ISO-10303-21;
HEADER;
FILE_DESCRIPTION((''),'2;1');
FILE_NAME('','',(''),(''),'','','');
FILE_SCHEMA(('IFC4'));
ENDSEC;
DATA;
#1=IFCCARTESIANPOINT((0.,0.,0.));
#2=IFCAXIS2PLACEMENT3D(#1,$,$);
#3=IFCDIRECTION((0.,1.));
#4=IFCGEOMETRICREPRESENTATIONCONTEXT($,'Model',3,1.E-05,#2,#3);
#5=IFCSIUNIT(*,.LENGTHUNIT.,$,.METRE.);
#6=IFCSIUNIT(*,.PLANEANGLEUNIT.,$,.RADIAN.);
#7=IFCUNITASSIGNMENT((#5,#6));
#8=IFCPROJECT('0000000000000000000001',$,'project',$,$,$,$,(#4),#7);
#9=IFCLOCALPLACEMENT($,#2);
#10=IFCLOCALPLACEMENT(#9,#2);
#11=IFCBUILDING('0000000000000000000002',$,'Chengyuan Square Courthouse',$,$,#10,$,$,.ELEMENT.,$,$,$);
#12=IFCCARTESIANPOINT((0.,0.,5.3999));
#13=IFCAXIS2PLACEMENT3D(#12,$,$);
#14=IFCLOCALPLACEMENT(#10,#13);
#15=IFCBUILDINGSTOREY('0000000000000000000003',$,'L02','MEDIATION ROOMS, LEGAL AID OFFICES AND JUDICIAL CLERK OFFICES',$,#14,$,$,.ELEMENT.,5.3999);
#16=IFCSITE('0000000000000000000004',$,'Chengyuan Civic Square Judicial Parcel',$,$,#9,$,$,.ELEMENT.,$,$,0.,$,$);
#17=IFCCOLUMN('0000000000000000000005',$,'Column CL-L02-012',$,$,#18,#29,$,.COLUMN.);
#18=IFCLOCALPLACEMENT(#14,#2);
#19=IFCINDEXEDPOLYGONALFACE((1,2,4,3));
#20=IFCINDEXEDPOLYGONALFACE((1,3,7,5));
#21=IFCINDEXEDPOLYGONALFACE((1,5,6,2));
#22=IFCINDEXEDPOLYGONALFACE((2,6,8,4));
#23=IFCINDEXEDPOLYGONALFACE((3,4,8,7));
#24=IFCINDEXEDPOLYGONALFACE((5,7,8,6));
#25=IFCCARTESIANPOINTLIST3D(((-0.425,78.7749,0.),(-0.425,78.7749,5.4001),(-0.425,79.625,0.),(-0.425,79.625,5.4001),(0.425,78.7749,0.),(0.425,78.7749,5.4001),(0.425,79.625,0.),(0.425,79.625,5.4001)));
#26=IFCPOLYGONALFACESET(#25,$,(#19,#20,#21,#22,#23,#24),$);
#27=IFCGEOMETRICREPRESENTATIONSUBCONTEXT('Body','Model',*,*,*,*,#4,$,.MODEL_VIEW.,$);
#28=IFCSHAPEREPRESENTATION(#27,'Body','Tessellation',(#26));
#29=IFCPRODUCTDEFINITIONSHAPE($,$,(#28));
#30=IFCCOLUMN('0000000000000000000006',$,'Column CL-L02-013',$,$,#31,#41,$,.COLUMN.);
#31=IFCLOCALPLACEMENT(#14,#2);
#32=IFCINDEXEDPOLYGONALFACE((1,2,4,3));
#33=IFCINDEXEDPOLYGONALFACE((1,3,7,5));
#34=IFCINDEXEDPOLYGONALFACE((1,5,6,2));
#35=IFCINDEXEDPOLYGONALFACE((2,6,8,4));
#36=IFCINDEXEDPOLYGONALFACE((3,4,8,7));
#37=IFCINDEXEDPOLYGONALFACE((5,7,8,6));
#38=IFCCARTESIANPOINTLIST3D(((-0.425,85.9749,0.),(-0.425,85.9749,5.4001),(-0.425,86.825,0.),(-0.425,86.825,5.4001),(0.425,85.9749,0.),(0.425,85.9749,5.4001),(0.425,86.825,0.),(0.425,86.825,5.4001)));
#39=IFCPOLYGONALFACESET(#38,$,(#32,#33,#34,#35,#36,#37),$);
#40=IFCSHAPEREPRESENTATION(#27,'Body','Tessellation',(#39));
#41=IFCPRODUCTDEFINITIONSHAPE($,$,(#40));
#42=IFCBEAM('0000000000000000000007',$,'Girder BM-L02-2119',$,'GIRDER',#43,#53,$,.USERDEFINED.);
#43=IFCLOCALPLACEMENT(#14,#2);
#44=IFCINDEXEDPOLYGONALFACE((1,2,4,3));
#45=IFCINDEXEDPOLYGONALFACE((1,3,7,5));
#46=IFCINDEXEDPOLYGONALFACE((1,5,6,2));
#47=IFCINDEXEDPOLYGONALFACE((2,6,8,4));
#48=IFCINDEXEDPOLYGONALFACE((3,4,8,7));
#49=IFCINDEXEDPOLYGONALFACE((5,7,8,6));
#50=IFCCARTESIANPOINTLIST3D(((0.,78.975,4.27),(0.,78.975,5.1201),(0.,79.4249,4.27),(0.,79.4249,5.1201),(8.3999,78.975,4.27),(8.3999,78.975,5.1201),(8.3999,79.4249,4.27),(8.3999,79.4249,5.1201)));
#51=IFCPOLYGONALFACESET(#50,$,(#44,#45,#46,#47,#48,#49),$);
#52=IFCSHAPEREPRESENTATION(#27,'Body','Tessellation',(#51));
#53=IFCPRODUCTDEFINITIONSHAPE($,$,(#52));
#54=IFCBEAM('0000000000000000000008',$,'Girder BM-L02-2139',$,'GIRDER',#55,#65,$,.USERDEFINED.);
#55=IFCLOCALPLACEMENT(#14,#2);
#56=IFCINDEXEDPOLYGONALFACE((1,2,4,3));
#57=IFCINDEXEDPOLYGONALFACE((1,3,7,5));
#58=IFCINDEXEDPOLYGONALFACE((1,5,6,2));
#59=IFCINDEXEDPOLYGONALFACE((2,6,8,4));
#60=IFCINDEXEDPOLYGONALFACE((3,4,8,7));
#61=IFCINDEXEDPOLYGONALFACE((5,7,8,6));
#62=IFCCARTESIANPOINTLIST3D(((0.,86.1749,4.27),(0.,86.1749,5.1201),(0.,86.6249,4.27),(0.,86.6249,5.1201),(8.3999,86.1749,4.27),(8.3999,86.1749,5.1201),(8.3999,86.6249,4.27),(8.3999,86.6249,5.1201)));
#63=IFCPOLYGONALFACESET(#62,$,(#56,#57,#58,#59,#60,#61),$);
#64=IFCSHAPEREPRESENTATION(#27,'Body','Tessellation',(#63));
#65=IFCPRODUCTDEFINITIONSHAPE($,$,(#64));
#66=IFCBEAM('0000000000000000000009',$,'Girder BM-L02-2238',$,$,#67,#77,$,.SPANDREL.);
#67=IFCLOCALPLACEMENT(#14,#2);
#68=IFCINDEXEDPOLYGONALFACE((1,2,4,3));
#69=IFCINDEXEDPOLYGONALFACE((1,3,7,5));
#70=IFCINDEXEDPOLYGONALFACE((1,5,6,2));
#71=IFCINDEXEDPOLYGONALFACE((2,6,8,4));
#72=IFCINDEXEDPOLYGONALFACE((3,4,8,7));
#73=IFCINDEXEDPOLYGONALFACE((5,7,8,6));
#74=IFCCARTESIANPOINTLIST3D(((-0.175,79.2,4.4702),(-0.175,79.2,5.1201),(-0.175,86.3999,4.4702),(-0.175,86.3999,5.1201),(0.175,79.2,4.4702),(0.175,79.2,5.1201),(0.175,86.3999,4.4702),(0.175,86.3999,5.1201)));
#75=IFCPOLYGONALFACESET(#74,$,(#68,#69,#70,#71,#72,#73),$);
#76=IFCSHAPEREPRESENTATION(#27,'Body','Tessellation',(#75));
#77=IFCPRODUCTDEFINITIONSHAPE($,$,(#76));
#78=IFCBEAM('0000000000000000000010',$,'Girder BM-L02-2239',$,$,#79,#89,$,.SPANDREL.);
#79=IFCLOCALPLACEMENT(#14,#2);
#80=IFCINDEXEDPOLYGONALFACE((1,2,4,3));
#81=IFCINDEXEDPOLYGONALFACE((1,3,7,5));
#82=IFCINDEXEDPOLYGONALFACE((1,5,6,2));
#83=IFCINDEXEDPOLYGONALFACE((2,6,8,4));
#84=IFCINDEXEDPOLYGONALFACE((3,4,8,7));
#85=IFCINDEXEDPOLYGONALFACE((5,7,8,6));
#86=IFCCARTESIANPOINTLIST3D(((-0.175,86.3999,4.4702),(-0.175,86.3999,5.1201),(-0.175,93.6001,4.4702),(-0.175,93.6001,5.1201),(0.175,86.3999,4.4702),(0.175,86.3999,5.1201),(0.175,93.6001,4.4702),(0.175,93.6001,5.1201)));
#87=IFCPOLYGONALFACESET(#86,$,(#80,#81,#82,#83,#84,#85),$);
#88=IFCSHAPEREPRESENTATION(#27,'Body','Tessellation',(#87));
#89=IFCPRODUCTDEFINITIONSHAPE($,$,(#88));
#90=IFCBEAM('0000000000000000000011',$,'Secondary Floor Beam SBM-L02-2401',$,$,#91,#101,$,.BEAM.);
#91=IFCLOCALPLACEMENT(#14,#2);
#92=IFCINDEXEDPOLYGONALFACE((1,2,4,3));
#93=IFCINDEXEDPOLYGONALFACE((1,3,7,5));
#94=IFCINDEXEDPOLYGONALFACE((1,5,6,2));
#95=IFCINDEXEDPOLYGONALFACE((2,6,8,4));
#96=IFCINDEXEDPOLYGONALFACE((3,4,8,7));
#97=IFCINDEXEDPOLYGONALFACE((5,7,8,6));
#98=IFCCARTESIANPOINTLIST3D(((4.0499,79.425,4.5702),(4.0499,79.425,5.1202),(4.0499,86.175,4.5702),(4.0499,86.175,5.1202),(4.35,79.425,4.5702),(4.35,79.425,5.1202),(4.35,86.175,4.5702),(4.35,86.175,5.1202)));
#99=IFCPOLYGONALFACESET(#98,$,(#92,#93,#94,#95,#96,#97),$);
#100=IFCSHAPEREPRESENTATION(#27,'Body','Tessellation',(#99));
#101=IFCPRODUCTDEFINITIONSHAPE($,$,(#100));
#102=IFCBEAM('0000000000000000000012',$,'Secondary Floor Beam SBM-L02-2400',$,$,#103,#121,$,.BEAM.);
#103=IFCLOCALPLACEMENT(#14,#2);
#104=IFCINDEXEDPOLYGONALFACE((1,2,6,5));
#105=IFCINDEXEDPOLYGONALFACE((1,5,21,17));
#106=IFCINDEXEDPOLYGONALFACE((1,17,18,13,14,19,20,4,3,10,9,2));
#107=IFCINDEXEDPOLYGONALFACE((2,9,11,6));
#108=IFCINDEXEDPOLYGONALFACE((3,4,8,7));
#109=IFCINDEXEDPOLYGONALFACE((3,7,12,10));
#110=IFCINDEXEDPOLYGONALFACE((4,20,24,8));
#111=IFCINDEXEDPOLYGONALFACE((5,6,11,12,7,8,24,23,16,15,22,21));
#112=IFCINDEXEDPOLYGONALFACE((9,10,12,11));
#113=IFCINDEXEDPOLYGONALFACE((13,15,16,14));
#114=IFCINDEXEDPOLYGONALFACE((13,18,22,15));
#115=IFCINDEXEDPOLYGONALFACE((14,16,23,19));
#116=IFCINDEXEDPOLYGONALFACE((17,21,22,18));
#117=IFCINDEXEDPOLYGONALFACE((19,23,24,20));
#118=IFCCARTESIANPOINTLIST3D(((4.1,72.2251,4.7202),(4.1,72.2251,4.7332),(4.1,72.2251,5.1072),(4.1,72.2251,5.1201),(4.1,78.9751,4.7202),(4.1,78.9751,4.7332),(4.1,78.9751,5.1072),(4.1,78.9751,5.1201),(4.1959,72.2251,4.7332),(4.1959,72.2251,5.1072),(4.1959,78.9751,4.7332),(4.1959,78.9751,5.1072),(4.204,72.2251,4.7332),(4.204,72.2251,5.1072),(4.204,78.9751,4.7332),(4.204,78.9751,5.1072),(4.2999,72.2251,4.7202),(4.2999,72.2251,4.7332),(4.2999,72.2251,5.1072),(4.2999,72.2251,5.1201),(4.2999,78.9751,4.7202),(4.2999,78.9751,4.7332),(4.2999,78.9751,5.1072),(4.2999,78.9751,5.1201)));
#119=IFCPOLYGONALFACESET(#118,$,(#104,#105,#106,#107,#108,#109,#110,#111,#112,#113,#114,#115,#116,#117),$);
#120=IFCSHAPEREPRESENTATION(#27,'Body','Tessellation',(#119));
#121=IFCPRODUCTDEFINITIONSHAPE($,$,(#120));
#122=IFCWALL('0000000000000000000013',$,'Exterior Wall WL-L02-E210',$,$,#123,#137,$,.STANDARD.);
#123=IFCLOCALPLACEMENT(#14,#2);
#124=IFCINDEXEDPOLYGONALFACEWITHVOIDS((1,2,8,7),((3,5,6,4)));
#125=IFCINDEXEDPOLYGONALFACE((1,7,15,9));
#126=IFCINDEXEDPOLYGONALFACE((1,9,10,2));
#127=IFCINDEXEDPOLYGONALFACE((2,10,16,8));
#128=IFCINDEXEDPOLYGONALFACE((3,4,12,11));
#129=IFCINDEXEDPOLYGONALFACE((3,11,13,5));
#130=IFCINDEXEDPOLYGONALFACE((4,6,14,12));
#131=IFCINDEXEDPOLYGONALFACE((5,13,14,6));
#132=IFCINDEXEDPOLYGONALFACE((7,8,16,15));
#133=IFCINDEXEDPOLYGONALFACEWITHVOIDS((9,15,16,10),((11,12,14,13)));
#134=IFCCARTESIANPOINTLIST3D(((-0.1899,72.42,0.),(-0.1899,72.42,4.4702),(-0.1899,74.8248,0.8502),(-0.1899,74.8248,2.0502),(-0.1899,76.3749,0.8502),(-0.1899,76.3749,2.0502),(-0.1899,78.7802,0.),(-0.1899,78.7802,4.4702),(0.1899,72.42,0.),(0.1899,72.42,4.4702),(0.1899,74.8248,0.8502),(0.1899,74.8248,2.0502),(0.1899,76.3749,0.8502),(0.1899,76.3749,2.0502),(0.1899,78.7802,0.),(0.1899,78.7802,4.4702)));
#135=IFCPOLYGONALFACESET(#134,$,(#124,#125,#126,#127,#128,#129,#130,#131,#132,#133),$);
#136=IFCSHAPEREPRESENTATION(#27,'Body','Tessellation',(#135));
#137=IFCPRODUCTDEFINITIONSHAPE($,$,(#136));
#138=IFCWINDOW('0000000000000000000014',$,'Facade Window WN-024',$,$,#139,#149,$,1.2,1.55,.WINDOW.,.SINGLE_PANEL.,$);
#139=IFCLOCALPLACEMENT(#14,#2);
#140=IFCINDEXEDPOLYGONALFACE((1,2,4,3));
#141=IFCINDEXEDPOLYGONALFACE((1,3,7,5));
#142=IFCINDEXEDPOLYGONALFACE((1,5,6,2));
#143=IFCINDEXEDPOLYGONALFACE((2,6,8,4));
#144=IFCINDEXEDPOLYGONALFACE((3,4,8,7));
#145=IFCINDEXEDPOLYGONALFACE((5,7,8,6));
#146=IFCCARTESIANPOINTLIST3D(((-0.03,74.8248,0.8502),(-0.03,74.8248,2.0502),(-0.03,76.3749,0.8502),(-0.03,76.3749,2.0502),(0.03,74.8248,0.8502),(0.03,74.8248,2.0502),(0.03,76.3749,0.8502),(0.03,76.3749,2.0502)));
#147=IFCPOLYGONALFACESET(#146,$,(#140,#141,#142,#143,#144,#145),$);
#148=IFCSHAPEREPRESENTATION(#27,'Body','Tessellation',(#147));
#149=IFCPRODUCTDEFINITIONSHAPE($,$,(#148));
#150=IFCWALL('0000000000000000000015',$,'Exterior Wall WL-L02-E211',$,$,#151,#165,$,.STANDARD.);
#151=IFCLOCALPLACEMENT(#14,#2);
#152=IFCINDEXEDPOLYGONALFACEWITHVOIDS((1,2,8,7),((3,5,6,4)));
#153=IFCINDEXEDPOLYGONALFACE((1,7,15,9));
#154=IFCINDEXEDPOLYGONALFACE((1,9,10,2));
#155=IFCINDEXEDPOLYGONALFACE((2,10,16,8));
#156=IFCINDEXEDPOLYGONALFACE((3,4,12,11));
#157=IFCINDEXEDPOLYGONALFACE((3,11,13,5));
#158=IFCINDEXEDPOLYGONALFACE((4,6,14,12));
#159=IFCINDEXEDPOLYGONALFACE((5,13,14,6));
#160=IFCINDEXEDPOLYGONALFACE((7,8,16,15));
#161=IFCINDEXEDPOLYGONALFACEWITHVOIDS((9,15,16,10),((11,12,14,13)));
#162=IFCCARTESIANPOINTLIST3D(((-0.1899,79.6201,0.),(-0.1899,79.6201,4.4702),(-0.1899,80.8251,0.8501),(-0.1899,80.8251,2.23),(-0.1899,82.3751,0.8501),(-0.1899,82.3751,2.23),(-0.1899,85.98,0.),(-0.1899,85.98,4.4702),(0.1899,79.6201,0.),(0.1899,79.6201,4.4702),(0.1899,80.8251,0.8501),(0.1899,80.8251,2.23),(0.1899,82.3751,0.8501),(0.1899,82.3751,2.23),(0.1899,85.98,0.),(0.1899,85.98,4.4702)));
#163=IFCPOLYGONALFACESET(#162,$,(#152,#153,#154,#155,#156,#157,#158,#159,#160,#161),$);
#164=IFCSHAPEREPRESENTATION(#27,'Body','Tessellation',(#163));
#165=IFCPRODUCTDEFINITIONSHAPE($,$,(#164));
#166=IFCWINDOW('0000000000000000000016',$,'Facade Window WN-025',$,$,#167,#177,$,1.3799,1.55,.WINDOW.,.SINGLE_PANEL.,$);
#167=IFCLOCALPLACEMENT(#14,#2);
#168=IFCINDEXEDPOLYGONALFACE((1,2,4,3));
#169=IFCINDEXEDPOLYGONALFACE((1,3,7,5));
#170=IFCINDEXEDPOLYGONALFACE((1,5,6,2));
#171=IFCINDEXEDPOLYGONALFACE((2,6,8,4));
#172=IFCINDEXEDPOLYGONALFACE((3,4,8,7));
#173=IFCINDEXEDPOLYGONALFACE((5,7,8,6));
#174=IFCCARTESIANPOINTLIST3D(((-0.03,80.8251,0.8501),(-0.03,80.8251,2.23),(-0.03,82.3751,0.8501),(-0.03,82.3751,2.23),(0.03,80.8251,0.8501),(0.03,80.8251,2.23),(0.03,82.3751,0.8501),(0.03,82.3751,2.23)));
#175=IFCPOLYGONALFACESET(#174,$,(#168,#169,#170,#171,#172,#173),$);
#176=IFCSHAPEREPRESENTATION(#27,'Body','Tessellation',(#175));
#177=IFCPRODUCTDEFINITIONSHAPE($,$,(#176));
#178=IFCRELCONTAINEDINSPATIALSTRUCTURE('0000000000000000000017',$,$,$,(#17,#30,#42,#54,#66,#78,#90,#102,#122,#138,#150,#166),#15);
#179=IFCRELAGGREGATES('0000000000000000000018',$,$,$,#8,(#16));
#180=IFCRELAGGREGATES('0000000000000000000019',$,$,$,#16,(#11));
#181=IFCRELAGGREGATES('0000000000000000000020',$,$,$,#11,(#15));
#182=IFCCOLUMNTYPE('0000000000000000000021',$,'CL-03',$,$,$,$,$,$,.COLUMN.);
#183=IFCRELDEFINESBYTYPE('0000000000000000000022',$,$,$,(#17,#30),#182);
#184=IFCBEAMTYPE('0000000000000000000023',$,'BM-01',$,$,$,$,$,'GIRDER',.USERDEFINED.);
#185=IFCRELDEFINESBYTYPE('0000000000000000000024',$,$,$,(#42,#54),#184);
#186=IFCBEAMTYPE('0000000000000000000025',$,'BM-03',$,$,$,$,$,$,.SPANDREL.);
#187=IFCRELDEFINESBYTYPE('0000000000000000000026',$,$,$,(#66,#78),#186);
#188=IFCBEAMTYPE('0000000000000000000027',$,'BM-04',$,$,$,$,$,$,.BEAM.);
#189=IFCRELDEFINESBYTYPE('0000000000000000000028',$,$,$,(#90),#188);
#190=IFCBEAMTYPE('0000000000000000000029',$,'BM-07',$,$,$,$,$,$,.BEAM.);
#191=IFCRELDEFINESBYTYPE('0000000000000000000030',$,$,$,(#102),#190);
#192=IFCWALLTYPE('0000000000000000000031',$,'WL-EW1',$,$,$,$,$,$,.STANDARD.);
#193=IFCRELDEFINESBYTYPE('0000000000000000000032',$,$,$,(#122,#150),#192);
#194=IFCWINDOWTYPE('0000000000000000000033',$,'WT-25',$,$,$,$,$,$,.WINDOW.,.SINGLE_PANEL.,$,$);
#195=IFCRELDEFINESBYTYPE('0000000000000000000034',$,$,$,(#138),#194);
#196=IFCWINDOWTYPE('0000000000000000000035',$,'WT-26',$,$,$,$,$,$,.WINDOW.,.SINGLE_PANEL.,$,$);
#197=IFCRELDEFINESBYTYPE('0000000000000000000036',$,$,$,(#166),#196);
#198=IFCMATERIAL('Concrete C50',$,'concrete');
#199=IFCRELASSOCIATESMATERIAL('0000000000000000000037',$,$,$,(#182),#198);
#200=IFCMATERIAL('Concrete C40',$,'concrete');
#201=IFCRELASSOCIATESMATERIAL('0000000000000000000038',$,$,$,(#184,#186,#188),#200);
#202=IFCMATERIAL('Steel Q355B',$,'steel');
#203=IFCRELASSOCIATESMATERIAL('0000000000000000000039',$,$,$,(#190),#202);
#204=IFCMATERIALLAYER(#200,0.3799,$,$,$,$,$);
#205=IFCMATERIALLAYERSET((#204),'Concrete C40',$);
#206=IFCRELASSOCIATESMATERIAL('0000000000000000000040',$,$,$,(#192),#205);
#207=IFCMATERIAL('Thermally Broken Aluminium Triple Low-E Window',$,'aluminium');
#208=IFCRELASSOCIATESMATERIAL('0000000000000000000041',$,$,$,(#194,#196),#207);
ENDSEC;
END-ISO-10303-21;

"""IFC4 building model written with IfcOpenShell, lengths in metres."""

from ifc_helpers import new_model, si_unit, direction, frame, frame_2d, origin, origin_2d, place, context, subcontext, project, spatial, rectangle, i_section, extrude, material, layer, layer_set, material_profile, profile_set, type_object, element, fill, save


model = new_model("IFC4")

# Units and contexts
model_context = context("Model", 3, precision=1e-05, world=origin(), true_north=direction((0.0, 1.0)))
body_context = subcontext(model_context, "Body", "Model", "MODEL_VIEW")
ifc_project = project(units=[si_unit("LENGTHUNIT", "METRE"), si_unit("PLANEANGLEUNIT", "RADIAN")], contexts=[model_context])

# Site, building, storey
site_placement = place(None, origin())
site = spatial("IfcSite", under=ifc_project, at=site_placement, Name="Chengyuan Civic Square Judicial Parcel", CompositionType="ELEMENT", RefElevation=0.0)
building_placement = place(site_placement, origin())
building = spatial("IfcBuilding", under=site, at=building_placement, Name="Chengyuan Square Courthouse", CompositionType="ELEMENT")
storey_placement = place(building_placement, frame((0.0, 0.0, 5.3999)))
storey = spatial("IfcBuildingStorey", under=building, at=storey_placement, Name="L02", Description="MEDIATION ROOMS, LEGAL AID OFFICES AND JUDICIAL CLERK OFFICES", CompositionType="ELEMENT", Elevation=5.3999)

# Columns
ifc_material_1 = material(Name="Concrete C50", Category="concrete")
ifc_material_profile_1 = material_profile(ifc_material_1, rectangle(XDim=0.8501, YDim=0.8501, at=origin_2d()), Name="RC-COL-850x850")
ifc_profile_set_1 = profile_set([ifc_material_profile_1], Name="Concrete C50")
column_type = type_object("IfcColumnType", Name="CL-03", PredefinedType="COLUMN", material=ifc_profile_set_1)
for number, where, z_axis, x_axis, name in (
    (1, (0.0, 79.2, 0.0), (0.0, 0.0, 1.0), (1.0, 0.0, 0.0), "Column CL-L02-012"),
    (2, (0.0, 86.3999, 0.0), (0.0, 0.0, 1.0), (1.0, 0.0, 0.0), "Column CL-L02-013"),
):
    element("IfcColumn", number, at=place(storey_placement, frame(where, z_axis=z_axis, x_axis=x_axis)), inside=storey, type_object=column_type, Name=name, PredefinedType="COLUMN", context=body_context, shape_type="SweptSolid", body=[
        extrude(rectangle(XDim=0.8501, YDim=0.8501, at=origin_2d()), origin(), (0.0, 0.0, 1.0), 5.4001),
    ])

# Beams
ifc_material_2 = material(Name="Concrete C40", Category="concrete")
ifc_material_profile_2 = material_profile(ifc_material_2, rectangle(XDim=0.45, YDim=0.8501, at=origin_2d()), Name="RC-BM-450x850")
ifc_profile_set_2 = profile_set([ifc_material_profile_2], Name="Concrete C40")
beam_type_1 = type_object("IfcBeamType", Name="BM-01", ElementType="GIRDER", PredefinedType="USERDEFINED", material=ifc_profile_set_2)
for number, where, z_axis, x_axis, name in (
    (3, (0.0, 79.2, 4.6951), (1.0, 0.0, 0.0), (0.0, 1.0, 0.0), "Girder BM-L02-2119"),
    (4, (0.0, 86.3999, 4.6951), (1.0, 0.0, 0.0), (0.0, 1.0, 0.0), "Girder BM-L02-2139"),
):
    element("IfcBeam", number, at=place(storey_placement, frame(where, z_axis=z_axis, x_axis=x_axis)), inside=storey, type_object=beam_type_1, Name=name, ObjectType="GIRDER", PredefinedType="USERDEFINED", context=body_context, shape_type="SweptSolid", body=[
        extrude(rectangle(XDim=0.45, YDim=0.8501, at=origin_2d()), origin(), (0.0, 0.0, 1.0), 8.3999),
    ])
ifc_material_profile_3 = material_profile(ifc_material_2, rectangle(XDim=0.3501, YDim=0.6499, at=origin_2d()), Name="RC-BM-350x650")
ifc_profile_set_3 = profile_set([ifc_material_profile_3], Name="Concrete C40")
beam_type_2 = type_object("IfcBeamType", Name="BM-03", PredefinedType="SPANDREL", material=ifc_profile_set_3)
beam_1_placement = place(storey_placement, frame((0.0, 79.2, 4.7952), z_axis=(0.0, 1.0, 0.0), x_axis=(-1.0, 0.0, 0.0)))
element("IfcBeam", 5, at=beam_1_placement, inside=storey, type_object=beam_type_2, Name="Girder BM-L02-2238", PredefinedType="SPANDREL", context=body_context, shape_type="SweptSolid", body=[
    extrude(rectangle(XDim=0.3501, YDim=0.6499, at=origin_2d()), origin(), (0.0, 0.0, 1.0), 7.2),
])
beam_2_placement = place(storey_placement, frame((0.0, 86.3999, 4.7952), z_axis=(0.0, 1.0, 0.0), x_axis=(-1.0, 0.0, 0.0)))
element("IfcBeam", 6, at=beam_2_placement, inside=storey, type_object=beam_type_2, Name="Girder BM-L02-2239", PredefinedType="SPANDREL", context=body_context, shape_type="SweptSolid", body=[
    extrude(rectangle(XDim=0.3501, YDim=0.6499, at=origin_2d()), origin(), (0.0, 0.0, 1.0), 7.2002),
])
ifc_material_profile_4 = material_profile(ifc_material_2, rectangle(XDim=0.3, YDim=0.55, at=origin_2d()), Name="RC-BM-300x550")
ifc_profile_set_4 = profile_set([ifc_material_profile_4], Name="Concrete C40")
beam_type_3 = type_object("IfcBeamType", Name="BM-04", PredefinedType="BEAM", material=ifc_profile_set_4)
beam_3_placement = place(storey_placement, frame((4.2, 79.425, 4.8452), z_axis=(0.0, 1.0, 0.0), x_axis=(-1.0, 0.0, 0.0)))
element("IfcBeam", 7, at=beam_3_placement, inside=storey, type_object=beam_type_3, Name="Secondary Floor Beam SBM-L02-2401", PredefinedType="BEAM", context=body_context, shape_type="SweptSolid", body=[
    extrude(rectangle(XDim=0.3, YDim=0.55, at=origin_2d()), origin(), (0.0, 0.0, 1.0), 6.75),
])
ifc_material_3 = material(Name="Steel Q355B", Category="steel")
ifc_material_profile_5 = material_profile(ifc_material_3, i_section(OverallWidth=0.2, OverallDepth=0.3999, WebThickness=0.0081, FlangeThickness=0.0129, at=origin_2d()), Name="HN 400x200x8x13")
ifc_profile_set_5 = profile_set([ifc_material_profile_5], Name="Steel Q355B")
beam_type_4 = type_object("IfcBeamType", Name="BM-07", PredefinedType="BEAM", material=ifc_profile_set_5)
beam_4_placement = place(storey_placement, frame((4.2, 72.2251, 4.9202), z_axis=(0.0, 1.0, 0.0), x_axis=(-1.0, 0.0, 0.0)))
element("IfcBeam", 8, at=beam_4_placement, inside=storey, type_object=beam_type_4, Name="Secondary Floor Beam SBM-L02-2400", PredefinedType="BEAM", context=body_context, shape_type="SweptSolid", body=[
    extrude(i_section(OverallWidth=0.2, OverallDepth=0.3999, WebThickness=0.0081, FlangeThickness=0.0129, at=origin_2d()), origin(), (0.0, 0.0, 1.0), 6.75),
])

# Walls, openings, windows
ifc_layer_1 = layer(ifc_material_2, 0.3799)
ifc_layer_set_1 = layer_set([ifc_layer_1], Name="Concrete C40")
wall_type_1 = type_object("IfcWallType", Name="WL-EW1", PredefinedType="STANDARD", material=ifc_layer_set_1)
wall_1_placement = place(storey_placement, frame((0.0, 72.4199, 0.0), z_axis=(0.0, 0.0, 1.0), x_axis=(0.0, 1.0, 0.0)))
wall_1 = element("IfcWall", 9, at=wall_1_placement, inside=storey, type_object=wall_type_1, Name="Exterior Wall WL-L02-E210", PredefinedType="STANDARD", context=body_context, shape_type="SweptSolid", body=[
    extrude(rectangle(XDim=6.3601, YDim=0.3799, at=frame_2d((3.1802, 0.0))), origin(), (0.0, 0.0, 1.0), 4.4702),
])
opening_1_placement = place(wall_1_placement, frame((2.405, 0.0, 0.8501)))
opening_1 = element("IfcOpeningElement", 10, at=opening_1_placement, cuts=wall_1, PredefinedType="OPENING", context=body_context, shape_type="SweptSolid", body=[
    extrude(rectangle(XDim=1.55, YDim=1.2, at=frame_2d((0.7749, 0.6001))), frame((0.0, 0.2019, 0.0), z_axis=(0.0, -1.0, 0.0), x_axis=(1.0, 0.0, 0.0)), (0.0, 0.0, 1.0), 0.4038),
])
ifc_material_4 = material(Name="Thermally Broken Aluminium Triple Low-E Window", Category="aluminium")
window_type_1 = type_object("IfcWindowType", Name="WT-25", PartitioningType="SINGLE_PANEL", PredefinedType="WINDOW", material=ifc_material_4)
window_1_placement = place(opening_1_placement, origin())
window_1 = element("IfcWindow", 11, at=window_1_placement, inside=storey, type_object=window_type_1, Name="Facade Window WN-024", OverallHeight=1.2, OverallWidth=1.55, PartitioningType="SINGLE_PANEL", PredefinedType="WINDOW", context=body_context, shape_type="SweptSolid", body=[
    extrude(rectangle(XDim=1.55, YDim=1.2, at=frame_2d((0.7749, 0.6001))), frame((0.0, 0.03, 0.0), z_axis=(0.0, -1.0, 0.0), x_axis=(1.0, 0.0, 0.0)), (0.0, 0.0, 1.0), 0.0601),
])
fill(opening_1, window_1)
wall_2_placement = place(storey_placement, frame((0.0, 79.6201, 0.0), z_axis=(0.0, 0.0, 1.0), x_axis=(0.0, 1.0, 0.0)))
wall_2 = element("IfcWall", 12, at=wall_2_placement, inside=storey, type_object=wall_type_1, Name="Exterior Wall WL-L02-E211", PredefinedType="STANDARD", context=body_context, shape_type="SweptSolid", body=[
    extrude(rectangle(XDim=6.3599, YDim=0.3799, at=frame_2d((3.1799, 0.0))), origin(), (0.0, 0.0, 1.0), 4.4702),
])
opening_2_placement = place(wall_2_placement, frame((1.2051, 0.0, 0.8501)))
opening_2 = element("IfcOpeningElement", 13, at=opening_2_placement, cuts=wall_2, PredefinedType="OPENING", context=body_context, shape_type="SweptSolid", body=[
    extrude(rectangle(XDim=1.55, YDim=1.3799, at=frame_2d((0.7749, 0.6899))), frame((0.0, 0.2019, 0.0), z_axis=(0.0, -1.0, 0.0), x_axis=(1.0, 0.0, 0.0)), (0.0, 0.0, 1.0), 0.4038),
])
window_type_2 = type_object("IfcWindowType", Name="WT-26", PartitioningType="SINGLE_PANEL", PredefinedType="WINDOW", material=ifc_material_4)
window_2_placement = place(opening_2_placement, origin())
window_2 = element("IfcWindow", 14, at=window_2_placement, inside=storey, type_object=window_type_2, Name="Facade Window WN-025", OverallHeight=1.3799, OverallWidth=1.55, PartitioningType="SINGLE_PANEL", PredefinedType="WINDOW", context=body_context, shape_type="SweptSolid", body=[
    extrude(rectangle(XDim=1.55, YDim=1.3799, at=frame_2d((0.7749, 0.6899))), frame((0.0, 0.03, 0.0), z_axis=(0.0, -1.0, 0.0), x_axis=(1.0, 0.0, 0.0)), (0.0, 0.0, 1.0), 0.0601),
])
fill(opening_2, window_2)

save(model, "model.ifc")
